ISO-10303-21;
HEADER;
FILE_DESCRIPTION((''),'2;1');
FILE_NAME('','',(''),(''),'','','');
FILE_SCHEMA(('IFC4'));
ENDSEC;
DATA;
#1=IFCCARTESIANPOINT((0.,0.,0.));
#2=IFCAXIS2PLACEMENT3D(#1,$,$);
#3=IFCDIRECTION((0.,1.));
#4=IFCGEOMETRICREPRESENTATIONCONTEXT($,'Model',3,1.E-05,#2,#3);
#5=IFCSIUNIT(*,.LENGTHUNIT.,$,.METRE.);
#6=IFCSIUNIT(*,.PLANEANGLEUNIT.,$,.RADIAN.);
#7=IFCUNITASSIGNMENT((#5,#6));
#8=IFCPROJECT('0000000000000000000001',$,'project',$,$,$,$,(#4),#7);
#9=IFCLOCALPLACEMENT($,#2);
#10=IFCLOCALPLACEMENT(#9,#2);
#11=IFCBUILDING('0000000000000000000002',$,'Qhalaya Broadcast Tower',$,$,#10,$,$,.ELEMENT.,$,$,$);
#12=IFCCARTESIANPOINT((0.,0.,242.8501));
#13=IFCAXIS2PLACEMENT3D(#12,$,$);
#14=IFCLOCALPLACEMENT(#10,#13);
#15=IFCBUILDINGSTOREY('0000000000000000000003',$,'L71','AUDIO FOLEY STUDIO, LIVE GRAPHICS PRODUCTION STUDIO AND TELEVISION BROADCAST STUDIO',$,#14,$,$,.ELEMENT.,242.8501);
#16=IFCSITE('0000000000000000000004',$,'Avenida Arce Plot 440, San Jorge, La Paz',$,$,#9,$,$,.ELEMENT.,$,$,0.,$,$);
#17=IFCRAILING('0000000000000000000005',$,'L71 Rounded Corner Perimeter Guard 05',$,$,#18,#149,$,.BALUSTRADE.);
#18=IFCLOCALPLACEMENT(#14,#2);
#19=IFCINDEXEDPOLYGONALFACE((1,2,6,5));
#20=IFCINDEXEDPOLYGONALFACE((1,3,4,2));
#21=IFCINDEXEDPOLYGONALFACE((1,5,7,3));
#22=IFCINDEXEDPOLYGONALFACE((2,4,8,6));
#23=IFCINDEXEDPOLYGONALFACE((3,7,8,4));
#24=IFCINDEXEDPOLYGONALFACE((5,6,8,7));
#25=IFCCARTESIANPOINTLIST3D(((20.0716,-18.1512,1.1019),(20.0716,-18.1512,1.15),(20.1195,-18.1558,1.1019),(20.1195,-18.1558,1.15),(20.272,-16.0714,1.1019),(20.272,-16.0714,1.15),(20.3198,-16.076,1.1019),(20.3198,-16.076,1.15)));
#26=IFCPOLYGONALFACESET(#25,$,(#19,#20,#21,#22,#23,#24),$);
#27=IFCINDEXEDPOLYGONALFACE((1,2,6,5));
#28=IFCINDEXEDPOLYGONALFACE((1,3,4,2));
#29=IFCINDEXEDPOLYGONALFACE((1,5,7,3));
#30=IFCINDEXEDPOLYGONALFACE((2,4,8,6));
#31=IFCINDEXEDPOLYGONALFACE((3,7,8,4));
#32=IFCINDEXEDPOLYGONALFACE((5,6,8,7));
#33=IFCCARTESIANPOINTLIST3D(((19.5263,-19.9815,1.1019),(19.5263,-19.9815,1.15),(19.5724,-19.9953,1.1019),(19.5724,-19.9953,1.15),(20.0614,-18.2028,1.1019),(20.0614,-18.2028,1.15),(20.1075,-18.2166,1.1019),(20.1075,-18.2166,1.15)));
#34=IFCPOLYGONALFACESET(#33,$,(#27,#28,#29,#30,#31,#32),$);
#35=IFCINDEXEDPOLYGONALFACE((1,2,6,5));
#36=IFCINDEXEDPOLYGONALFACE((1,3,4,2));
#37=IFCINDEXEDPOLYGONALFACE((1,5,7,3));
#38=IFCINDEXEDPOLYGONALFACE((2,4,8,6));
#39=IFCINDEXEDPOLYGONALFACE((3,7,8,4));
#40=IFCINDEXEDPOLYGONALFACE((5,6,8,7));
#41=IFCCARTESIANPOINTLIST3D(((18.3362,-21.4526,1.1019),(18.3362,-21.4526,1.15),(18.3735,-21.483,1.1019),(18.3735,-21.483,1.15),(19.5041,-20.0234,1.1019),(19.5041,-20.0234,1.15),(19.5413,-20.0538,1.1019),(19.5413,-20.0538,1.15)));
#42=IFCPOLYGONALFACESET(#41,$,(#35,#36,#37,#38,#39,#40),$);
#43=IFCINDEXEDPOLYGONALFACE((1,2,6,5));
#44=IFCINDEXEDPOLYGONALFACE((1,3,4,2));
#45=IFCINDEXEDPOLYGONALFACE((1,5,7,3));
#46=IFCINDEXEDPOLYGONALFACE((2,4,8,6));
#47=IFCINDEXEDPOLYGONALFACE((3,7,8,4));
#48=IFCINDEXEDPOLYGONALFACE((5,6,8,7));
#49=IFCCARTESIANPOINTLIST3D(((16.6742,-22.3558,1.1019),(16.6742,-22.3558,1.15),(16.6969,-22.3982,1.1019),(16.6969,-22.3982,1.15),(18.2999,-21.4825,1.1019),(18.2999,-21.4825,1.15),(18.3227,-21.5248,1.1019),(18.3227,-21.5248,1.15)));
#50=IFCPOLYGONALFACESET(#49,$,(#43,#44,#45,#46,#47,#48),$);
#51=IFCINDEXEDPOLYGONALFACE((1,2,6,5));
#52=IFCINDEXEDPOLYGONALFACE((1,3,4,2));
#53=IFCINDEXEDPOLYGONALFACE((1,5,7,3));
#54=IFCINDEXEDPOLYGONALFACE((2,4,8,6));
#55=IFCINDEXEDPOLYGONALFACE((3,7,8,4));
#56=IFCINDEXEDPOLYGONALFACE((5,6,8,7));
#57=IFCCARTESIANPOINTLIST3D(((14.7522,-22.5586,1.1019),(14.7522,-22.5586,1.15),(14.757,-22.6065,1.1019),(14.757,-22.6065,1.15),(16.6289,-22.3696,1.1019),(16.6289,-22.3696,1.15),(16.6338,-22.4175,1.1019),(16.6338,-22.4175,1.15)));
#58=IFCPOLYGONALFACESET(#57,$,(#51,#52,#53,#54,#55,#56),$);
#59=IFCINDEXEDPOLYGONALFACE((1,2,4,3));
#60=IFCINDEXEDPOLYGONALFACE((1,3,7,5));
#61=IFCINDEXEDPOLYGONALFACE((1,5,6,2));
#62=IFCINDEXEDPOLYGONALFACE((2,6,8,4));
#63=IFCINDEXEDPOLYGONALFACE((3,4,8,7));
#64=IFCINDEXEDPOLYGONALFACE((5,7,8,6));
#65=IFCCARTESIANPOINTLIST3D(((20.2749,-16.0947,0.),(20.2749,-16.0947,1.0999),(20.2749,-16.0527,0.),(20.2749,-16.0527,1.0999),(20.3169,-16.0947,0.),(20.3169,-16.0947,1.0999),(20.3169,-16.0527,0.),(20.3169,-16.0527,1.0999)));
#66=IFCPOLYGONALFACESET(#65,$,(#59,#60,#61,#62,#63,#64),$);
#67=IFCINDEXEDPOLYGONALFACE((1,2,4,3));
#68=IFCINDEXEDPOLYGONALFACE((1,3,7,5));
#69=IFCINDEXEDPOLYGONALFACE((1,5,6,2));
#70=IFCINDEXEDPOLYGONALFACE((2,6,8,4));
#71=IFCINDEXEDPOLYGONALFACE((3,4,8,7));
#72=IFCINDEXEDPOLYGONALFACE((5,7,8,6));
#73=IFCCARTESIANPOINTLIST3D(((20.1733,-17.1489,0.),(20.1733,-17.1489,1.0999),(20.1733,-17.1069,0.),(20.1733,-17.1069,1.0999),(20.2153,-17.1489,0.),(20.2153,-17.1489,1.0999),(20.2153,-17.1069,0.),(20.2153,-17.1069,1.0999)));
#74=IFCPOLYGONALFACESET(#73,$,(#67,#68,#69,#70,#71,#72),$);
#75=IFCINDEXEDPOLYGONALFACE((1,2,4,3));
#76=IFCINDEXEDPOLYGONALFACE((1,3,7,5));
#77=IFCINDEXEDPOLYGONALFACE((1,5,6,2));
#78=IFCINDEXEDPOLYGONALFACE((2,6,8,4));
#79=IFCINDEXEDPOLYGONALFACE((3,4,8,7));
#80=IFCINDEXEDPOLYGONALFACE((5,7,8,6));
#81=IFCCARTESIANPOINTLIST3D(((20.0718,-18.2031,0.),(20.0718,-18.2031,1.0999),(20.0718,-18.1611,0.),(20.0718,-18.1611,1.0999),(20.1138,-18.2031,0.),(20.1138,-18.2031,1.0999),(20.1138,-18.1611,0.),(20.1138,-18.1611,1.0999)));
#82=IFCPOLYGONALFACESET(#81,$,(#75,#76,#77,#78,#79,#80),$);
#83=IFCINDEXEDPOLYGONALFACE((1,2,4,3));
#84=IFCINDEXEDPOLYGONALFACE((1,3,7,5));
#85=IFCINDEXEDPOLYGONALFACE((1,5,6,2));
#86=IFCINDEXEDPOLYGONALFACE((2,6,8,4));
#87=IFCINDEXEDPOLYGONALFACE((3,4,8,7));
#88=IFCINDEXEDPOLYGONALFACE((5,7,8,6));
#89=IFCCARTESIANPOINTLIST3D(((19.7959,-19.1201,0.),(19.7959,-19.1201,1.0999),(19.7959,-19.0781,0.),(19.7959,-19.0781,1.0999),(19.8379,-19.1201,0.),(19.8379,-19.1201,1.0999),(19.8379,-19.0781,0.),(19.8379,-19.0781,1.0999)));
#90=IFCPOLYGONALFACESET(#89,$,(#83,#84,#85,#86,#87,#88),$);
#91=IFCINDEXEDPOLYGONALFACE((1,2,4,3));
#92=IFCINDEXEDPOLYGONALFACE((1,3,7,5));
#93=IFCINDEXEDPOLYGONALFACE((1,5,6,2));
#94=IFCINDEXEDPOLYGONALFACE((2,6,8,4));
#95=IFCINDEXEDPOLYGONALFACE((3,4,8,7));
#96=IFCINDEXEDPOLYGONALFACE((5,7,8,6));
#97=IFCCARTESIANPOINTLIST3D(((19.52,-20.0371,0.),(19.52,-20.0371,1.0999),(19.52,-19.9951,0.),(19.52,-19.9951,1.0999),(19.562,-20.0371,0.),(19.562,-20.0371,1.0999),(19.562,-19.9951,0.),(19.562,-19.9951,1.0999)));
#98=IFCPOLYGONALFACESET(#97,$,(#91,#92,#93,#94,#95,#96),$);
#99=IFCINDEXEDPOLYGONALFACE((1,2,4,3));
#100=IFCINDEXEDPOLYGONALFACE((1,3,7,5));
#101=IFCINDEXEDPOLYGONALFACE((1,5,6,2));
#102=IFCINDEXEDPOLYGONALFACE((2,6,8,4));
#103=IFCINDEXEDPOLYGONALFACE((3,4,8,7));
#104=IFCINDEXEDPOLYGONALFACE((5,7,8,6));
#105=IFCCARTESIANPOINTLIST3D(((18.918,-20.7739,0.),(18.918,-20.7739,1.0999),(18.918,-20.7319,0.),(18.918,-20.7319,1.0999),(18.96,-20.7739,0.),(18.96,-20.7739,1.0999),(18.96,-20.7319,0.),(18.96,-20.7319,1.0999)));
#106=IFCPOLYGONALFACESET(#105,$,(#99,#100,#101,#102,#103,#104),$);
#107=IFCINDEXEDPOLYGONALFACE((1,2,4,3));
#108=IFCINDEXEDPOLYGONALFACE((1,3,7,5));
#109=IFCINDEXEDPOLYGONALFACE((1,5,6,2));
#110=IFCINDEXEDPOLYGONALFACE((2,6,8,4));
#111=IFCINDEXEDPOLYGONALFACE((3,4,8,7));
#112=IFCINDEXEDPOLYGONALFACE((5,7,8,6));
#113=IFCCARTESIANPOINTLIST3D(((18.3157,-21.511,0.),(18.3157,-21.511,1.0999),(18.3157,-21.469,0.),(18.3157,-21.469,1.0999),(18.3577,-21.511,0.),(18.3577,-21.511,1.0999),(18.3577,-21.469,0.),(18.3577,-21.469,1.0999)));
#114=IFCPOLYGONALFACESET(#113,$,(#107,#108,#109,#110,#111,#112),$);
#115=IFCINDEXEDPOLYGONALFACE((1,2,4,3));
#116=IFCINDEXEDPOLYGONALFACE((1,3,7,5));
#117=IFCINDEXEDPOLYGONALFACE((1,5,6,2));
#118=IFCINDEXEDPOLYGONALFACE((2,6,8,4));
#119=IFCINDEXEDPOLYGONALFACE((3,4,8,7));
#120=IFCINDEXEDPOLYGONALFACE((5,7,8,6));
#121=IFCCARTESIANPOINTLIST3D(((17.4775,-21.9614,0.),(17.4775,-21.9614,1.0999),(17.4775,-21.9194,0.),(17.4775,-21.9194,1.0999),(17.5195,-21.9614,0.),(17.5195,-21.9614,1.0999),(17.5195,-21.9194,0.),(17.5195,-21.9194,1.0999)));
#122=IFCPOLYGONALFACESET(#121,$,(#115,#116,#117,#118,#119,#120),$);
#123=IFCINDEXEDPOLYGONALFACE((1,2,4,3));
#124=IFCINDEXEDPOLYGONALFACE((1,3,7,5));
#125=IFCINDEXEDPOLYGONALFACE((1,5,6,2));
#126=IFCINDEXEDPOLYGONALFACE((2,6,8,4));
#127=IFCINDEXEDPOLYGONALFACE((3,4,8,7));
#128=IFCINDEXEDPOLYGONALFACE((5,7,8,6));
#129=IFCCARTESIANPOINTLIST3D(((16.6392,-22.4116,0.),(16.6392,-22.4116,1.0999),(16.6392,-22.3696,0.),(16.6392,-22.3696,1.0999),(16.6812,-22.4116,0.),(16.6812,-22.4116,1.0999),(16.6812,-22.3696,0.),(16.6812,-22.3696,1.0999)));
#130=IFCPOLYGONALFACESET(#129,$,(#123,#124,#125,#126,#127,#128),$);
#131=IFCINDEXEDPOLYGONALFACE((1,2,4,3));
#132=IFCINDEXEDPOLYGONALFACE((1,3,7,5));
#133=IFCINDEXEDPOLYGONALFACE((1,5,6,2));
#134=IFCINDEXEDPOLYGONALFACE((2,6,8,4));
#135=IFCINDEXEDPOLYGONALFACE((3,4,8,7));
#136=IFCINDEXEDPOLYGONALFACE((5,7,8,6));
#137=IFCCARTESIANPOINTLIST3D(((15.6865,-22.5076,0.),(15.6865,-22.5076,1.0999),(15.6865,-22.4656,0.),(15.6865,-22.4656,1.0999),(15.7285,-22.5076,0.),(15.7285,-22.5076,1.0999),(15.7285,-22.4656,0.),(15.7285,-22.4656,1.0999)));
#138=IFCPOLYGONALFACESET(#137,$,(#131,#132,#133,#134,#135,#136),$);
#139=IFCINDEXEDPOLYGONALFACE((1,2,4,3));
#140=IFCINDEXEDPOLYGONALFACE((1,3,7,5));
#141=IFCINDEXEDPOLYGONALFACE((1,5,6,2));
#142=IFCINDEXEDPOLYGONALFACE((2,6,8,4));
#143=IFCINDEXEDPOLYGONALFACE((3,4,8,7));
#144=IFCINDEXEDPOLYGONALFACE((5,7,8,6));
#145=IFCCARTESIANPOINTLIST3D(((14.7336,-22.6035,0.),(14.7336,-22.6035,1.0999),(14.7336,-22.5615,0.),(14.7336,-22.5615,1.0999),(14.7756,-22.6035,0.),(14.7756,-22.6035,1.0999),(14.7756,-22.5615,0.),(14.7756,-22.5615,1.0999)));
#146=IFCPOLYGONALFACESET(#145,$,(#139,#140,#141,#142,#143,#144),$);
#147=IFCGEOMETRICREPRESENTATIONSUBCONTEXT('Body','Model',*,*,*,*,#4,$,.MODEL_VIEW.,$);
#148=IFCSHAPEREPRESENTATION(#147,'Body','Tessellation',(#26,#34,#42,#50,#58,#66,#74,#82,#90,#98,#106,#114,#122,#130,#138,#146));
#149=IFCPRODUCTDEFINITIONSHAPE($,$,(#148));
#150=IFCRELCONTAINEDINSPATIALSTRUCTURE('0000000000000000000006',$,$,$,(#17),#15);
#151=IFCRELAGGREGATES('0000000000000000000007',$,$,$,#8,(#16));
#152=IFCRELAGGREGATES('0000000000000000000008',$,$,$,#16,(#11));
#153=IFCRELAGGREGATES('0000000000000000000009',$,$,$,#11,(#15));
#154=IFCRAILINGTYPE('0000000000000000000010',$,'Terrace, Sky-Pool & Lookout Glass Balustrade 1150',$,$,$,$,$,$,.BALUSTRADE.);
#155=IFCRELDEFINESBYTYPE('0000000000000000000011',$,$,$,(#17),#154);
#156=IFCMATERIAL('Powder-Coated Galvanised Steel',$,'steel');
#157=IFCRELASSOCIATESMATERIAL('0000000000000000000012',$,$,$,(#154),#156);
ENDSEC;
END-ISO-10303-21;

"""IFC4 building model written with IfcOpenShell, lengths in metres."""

from ifc_helpers import new_model, si_unit, direction, frame, origin, origin_2d, place, context, subcontext, project, spatial, rectangle, extrude, material, type_object, element, save


model = new_model("IFC4")

# Units and contexts
model_context = context("Model", 3, precision=1e-05, world=origin(), true_north=direction((0.0, 1.0)))
body_context = subcontext(model_context, "Body", "Model", "MODEL_VIEW")
ifc_project = project(units=[si_unit("LENGTHUNIT", "METRE"), si_unit("PLANEANGLEUNIT", "RADIAN")], contexts=[model_context])

# Site, building, storey
site_placement = place(None, origin())
site = spatial("IfcSite", under=ifc_project, at=site_placement, Name="Avenida Arce Plot 440, San Jorge, La Paz", CompositionType="ELEMENT", RefElevation=0.0)
building_placement = place(site_placement, origin())
building = spatial("IfcBuilding", under=site, at=building_placement, Name="Qhalaya Broadcast Tower", CompositionType="ELEMENT")
storey_placement = place(building_placement, frame((0.0, 0.0, 242.8501)))
storey = spatial("IfcBuildingStorey", under=building, at=storey_placement, Name="L71", Description="AUDIO FOLEY STUDIO, LIVE GRAPHICS PRODUCTION STUDIO AND TELEVISION BROADCAST STUDIO", CompositionType="ELEMENT", Elevation=242.8501)

# Railing
ifc_material_1 = material(Name="Powder-Coated Galvanised Steel", Category="steel")
railing_type = type_object("IfcRailingType", Name="Terrace, Sky-Pool & Lookout Glass Balustrade 1150", PredefinedType="BALUSTRADE", material=ifc_material_1)
railing_1_placement = place(storey_placement, frame((20.2959, -16.0737, 0.0)))
element("IfcRailing", 1, at=railing_1_placement, inside=storey, type_object=railing_type, Name="L71 Rounded Corner Perimeter Guard 05", PredefinedType="BALUSTRADE", context=body_context, shape_type="SweptSolid", body=[
    extrude(rectangle(XDim=0.0481, YDim=0.0481, at=origin_2d()), frame((0.0, 0.0, 1.126), z_axis=(-0.095897, -0.995391, 0.0), x_axis=(0.995391, -0.095897, 0.0)), (0.0, 0.0, 1.0), 2.0894),
    extrude(rectangle(XDim=0.0481, YDim=0.0481, at=origin_2d()), frame((-0.2114, -2.136, 1.126), z_axis=(-0.288096, -0.957601, 0.0), x_axis=(0.957601, -0.288096, 0.0)), (0.0, 0.0, 1.0), 1.8574),
    extrude(rectangle(XDim=0.0481, YDim=0.0481, at=origin_2d()), frame((-0.7732, -3.9648, 1.126), z_axis=(-0.632749, -0.774357, 0.0), x_axis=(0.774357, -0.632749, 0.0)), (0.0, 0.0, 1.0), 1.8457),
    extrude(rectangle(XDim=0.0481, YDim=0.0481, at=origin_2d()), frame((-1.9846, -5.4299, 1.126), z_axis=(-0.880932, -0.473243, 0.0), x_axis=(0.473243, -0.880932, 0.0)), (0.0, 0.0, 1.0), 1.8455),
    extrude(rectangle(XDim=0.0481, YDim=0.0481, at=origin_2d()), frame((-3.6646, -6.3198, 1.126), z_axis=(-0.994968, -0.100198, 0.0), x_axis=(0.100198, -0.994968, 0.0)), (0.0, 0.0, 1.0), 1.8862),
    extrude(rectangle(XDim=0.042, YDim=0.042, at=origin_2d()), origin(), (0.0, 0.0, 1.0), 1.0999),
    extrude(rectangle(XDim=0.042, YDim=0.042, at=origin_2d()), frame((-0.1016, -1.0542, 0.0)), (0.0, 0.0, 1.0), 1.0999),
    extrude(rectangle(XDim=0.042, YDim=0.042, at=origin_2d()), frame((-0.2031, -2.1084, 0.0)), (0.0, 0.0, 1.0), 1.0999),
    extrude(rectangle(XDim=0.042, YDim=0.042, at=origin_2d()), frame((-0.479, -3.0254, 0.0)), (0.0, 0.0, 1.0), 1.0999),
    extrude(rectangle(XDim=0.042, YDim=0.042, at=origin_2d()), frame((-0.7549, -3.9424, 0.0)), (0.0, 0.0, 1.0), 1.0999),
    extrude(rectangle(XDim=0.042, YDim=0.042, at=origin_2d()), frame((-1.3569, -4.6792, 0.0)), (0.0, 0.0, 1.0), 1.0999),
    extrude(rectangle(XDim=0.042, YDim=0.042, at=origin_2d()), frame((-1.9592, -5.4163, 0.0)), (0.0, 0.0, 1.0), 1.0999),
    extrude(rectangle(XDim=0.042, YDim=0.042, at=origin_2d()), frame((-2.7974, -5.8667, 0.0)), (0.0, 0.0, 1.0), 1.0999),
    extrude(rectangle(XDim=0.042, YDim=0.042, at=origin_2d()), frame((-3.6357, -6.3169, 0.0)), (0.0, 0.0, 1.0), 1.0999),
    extrude(rectangle(XDim=0.042, YDim=0.042, at=origin_2d()), frame((-4.5884, -6.4128, 0.0)), (0.0, 0.0, 1.0), 1.0999),
    extrude(rectangle(XDim=0.042, YDim=0.042, at=origin_2d()), frame((-5.5413, -6.5088, 0.0)), (0.0, 0.0, 1.0), 1.0999),
])

save(model, "model.ifc")
